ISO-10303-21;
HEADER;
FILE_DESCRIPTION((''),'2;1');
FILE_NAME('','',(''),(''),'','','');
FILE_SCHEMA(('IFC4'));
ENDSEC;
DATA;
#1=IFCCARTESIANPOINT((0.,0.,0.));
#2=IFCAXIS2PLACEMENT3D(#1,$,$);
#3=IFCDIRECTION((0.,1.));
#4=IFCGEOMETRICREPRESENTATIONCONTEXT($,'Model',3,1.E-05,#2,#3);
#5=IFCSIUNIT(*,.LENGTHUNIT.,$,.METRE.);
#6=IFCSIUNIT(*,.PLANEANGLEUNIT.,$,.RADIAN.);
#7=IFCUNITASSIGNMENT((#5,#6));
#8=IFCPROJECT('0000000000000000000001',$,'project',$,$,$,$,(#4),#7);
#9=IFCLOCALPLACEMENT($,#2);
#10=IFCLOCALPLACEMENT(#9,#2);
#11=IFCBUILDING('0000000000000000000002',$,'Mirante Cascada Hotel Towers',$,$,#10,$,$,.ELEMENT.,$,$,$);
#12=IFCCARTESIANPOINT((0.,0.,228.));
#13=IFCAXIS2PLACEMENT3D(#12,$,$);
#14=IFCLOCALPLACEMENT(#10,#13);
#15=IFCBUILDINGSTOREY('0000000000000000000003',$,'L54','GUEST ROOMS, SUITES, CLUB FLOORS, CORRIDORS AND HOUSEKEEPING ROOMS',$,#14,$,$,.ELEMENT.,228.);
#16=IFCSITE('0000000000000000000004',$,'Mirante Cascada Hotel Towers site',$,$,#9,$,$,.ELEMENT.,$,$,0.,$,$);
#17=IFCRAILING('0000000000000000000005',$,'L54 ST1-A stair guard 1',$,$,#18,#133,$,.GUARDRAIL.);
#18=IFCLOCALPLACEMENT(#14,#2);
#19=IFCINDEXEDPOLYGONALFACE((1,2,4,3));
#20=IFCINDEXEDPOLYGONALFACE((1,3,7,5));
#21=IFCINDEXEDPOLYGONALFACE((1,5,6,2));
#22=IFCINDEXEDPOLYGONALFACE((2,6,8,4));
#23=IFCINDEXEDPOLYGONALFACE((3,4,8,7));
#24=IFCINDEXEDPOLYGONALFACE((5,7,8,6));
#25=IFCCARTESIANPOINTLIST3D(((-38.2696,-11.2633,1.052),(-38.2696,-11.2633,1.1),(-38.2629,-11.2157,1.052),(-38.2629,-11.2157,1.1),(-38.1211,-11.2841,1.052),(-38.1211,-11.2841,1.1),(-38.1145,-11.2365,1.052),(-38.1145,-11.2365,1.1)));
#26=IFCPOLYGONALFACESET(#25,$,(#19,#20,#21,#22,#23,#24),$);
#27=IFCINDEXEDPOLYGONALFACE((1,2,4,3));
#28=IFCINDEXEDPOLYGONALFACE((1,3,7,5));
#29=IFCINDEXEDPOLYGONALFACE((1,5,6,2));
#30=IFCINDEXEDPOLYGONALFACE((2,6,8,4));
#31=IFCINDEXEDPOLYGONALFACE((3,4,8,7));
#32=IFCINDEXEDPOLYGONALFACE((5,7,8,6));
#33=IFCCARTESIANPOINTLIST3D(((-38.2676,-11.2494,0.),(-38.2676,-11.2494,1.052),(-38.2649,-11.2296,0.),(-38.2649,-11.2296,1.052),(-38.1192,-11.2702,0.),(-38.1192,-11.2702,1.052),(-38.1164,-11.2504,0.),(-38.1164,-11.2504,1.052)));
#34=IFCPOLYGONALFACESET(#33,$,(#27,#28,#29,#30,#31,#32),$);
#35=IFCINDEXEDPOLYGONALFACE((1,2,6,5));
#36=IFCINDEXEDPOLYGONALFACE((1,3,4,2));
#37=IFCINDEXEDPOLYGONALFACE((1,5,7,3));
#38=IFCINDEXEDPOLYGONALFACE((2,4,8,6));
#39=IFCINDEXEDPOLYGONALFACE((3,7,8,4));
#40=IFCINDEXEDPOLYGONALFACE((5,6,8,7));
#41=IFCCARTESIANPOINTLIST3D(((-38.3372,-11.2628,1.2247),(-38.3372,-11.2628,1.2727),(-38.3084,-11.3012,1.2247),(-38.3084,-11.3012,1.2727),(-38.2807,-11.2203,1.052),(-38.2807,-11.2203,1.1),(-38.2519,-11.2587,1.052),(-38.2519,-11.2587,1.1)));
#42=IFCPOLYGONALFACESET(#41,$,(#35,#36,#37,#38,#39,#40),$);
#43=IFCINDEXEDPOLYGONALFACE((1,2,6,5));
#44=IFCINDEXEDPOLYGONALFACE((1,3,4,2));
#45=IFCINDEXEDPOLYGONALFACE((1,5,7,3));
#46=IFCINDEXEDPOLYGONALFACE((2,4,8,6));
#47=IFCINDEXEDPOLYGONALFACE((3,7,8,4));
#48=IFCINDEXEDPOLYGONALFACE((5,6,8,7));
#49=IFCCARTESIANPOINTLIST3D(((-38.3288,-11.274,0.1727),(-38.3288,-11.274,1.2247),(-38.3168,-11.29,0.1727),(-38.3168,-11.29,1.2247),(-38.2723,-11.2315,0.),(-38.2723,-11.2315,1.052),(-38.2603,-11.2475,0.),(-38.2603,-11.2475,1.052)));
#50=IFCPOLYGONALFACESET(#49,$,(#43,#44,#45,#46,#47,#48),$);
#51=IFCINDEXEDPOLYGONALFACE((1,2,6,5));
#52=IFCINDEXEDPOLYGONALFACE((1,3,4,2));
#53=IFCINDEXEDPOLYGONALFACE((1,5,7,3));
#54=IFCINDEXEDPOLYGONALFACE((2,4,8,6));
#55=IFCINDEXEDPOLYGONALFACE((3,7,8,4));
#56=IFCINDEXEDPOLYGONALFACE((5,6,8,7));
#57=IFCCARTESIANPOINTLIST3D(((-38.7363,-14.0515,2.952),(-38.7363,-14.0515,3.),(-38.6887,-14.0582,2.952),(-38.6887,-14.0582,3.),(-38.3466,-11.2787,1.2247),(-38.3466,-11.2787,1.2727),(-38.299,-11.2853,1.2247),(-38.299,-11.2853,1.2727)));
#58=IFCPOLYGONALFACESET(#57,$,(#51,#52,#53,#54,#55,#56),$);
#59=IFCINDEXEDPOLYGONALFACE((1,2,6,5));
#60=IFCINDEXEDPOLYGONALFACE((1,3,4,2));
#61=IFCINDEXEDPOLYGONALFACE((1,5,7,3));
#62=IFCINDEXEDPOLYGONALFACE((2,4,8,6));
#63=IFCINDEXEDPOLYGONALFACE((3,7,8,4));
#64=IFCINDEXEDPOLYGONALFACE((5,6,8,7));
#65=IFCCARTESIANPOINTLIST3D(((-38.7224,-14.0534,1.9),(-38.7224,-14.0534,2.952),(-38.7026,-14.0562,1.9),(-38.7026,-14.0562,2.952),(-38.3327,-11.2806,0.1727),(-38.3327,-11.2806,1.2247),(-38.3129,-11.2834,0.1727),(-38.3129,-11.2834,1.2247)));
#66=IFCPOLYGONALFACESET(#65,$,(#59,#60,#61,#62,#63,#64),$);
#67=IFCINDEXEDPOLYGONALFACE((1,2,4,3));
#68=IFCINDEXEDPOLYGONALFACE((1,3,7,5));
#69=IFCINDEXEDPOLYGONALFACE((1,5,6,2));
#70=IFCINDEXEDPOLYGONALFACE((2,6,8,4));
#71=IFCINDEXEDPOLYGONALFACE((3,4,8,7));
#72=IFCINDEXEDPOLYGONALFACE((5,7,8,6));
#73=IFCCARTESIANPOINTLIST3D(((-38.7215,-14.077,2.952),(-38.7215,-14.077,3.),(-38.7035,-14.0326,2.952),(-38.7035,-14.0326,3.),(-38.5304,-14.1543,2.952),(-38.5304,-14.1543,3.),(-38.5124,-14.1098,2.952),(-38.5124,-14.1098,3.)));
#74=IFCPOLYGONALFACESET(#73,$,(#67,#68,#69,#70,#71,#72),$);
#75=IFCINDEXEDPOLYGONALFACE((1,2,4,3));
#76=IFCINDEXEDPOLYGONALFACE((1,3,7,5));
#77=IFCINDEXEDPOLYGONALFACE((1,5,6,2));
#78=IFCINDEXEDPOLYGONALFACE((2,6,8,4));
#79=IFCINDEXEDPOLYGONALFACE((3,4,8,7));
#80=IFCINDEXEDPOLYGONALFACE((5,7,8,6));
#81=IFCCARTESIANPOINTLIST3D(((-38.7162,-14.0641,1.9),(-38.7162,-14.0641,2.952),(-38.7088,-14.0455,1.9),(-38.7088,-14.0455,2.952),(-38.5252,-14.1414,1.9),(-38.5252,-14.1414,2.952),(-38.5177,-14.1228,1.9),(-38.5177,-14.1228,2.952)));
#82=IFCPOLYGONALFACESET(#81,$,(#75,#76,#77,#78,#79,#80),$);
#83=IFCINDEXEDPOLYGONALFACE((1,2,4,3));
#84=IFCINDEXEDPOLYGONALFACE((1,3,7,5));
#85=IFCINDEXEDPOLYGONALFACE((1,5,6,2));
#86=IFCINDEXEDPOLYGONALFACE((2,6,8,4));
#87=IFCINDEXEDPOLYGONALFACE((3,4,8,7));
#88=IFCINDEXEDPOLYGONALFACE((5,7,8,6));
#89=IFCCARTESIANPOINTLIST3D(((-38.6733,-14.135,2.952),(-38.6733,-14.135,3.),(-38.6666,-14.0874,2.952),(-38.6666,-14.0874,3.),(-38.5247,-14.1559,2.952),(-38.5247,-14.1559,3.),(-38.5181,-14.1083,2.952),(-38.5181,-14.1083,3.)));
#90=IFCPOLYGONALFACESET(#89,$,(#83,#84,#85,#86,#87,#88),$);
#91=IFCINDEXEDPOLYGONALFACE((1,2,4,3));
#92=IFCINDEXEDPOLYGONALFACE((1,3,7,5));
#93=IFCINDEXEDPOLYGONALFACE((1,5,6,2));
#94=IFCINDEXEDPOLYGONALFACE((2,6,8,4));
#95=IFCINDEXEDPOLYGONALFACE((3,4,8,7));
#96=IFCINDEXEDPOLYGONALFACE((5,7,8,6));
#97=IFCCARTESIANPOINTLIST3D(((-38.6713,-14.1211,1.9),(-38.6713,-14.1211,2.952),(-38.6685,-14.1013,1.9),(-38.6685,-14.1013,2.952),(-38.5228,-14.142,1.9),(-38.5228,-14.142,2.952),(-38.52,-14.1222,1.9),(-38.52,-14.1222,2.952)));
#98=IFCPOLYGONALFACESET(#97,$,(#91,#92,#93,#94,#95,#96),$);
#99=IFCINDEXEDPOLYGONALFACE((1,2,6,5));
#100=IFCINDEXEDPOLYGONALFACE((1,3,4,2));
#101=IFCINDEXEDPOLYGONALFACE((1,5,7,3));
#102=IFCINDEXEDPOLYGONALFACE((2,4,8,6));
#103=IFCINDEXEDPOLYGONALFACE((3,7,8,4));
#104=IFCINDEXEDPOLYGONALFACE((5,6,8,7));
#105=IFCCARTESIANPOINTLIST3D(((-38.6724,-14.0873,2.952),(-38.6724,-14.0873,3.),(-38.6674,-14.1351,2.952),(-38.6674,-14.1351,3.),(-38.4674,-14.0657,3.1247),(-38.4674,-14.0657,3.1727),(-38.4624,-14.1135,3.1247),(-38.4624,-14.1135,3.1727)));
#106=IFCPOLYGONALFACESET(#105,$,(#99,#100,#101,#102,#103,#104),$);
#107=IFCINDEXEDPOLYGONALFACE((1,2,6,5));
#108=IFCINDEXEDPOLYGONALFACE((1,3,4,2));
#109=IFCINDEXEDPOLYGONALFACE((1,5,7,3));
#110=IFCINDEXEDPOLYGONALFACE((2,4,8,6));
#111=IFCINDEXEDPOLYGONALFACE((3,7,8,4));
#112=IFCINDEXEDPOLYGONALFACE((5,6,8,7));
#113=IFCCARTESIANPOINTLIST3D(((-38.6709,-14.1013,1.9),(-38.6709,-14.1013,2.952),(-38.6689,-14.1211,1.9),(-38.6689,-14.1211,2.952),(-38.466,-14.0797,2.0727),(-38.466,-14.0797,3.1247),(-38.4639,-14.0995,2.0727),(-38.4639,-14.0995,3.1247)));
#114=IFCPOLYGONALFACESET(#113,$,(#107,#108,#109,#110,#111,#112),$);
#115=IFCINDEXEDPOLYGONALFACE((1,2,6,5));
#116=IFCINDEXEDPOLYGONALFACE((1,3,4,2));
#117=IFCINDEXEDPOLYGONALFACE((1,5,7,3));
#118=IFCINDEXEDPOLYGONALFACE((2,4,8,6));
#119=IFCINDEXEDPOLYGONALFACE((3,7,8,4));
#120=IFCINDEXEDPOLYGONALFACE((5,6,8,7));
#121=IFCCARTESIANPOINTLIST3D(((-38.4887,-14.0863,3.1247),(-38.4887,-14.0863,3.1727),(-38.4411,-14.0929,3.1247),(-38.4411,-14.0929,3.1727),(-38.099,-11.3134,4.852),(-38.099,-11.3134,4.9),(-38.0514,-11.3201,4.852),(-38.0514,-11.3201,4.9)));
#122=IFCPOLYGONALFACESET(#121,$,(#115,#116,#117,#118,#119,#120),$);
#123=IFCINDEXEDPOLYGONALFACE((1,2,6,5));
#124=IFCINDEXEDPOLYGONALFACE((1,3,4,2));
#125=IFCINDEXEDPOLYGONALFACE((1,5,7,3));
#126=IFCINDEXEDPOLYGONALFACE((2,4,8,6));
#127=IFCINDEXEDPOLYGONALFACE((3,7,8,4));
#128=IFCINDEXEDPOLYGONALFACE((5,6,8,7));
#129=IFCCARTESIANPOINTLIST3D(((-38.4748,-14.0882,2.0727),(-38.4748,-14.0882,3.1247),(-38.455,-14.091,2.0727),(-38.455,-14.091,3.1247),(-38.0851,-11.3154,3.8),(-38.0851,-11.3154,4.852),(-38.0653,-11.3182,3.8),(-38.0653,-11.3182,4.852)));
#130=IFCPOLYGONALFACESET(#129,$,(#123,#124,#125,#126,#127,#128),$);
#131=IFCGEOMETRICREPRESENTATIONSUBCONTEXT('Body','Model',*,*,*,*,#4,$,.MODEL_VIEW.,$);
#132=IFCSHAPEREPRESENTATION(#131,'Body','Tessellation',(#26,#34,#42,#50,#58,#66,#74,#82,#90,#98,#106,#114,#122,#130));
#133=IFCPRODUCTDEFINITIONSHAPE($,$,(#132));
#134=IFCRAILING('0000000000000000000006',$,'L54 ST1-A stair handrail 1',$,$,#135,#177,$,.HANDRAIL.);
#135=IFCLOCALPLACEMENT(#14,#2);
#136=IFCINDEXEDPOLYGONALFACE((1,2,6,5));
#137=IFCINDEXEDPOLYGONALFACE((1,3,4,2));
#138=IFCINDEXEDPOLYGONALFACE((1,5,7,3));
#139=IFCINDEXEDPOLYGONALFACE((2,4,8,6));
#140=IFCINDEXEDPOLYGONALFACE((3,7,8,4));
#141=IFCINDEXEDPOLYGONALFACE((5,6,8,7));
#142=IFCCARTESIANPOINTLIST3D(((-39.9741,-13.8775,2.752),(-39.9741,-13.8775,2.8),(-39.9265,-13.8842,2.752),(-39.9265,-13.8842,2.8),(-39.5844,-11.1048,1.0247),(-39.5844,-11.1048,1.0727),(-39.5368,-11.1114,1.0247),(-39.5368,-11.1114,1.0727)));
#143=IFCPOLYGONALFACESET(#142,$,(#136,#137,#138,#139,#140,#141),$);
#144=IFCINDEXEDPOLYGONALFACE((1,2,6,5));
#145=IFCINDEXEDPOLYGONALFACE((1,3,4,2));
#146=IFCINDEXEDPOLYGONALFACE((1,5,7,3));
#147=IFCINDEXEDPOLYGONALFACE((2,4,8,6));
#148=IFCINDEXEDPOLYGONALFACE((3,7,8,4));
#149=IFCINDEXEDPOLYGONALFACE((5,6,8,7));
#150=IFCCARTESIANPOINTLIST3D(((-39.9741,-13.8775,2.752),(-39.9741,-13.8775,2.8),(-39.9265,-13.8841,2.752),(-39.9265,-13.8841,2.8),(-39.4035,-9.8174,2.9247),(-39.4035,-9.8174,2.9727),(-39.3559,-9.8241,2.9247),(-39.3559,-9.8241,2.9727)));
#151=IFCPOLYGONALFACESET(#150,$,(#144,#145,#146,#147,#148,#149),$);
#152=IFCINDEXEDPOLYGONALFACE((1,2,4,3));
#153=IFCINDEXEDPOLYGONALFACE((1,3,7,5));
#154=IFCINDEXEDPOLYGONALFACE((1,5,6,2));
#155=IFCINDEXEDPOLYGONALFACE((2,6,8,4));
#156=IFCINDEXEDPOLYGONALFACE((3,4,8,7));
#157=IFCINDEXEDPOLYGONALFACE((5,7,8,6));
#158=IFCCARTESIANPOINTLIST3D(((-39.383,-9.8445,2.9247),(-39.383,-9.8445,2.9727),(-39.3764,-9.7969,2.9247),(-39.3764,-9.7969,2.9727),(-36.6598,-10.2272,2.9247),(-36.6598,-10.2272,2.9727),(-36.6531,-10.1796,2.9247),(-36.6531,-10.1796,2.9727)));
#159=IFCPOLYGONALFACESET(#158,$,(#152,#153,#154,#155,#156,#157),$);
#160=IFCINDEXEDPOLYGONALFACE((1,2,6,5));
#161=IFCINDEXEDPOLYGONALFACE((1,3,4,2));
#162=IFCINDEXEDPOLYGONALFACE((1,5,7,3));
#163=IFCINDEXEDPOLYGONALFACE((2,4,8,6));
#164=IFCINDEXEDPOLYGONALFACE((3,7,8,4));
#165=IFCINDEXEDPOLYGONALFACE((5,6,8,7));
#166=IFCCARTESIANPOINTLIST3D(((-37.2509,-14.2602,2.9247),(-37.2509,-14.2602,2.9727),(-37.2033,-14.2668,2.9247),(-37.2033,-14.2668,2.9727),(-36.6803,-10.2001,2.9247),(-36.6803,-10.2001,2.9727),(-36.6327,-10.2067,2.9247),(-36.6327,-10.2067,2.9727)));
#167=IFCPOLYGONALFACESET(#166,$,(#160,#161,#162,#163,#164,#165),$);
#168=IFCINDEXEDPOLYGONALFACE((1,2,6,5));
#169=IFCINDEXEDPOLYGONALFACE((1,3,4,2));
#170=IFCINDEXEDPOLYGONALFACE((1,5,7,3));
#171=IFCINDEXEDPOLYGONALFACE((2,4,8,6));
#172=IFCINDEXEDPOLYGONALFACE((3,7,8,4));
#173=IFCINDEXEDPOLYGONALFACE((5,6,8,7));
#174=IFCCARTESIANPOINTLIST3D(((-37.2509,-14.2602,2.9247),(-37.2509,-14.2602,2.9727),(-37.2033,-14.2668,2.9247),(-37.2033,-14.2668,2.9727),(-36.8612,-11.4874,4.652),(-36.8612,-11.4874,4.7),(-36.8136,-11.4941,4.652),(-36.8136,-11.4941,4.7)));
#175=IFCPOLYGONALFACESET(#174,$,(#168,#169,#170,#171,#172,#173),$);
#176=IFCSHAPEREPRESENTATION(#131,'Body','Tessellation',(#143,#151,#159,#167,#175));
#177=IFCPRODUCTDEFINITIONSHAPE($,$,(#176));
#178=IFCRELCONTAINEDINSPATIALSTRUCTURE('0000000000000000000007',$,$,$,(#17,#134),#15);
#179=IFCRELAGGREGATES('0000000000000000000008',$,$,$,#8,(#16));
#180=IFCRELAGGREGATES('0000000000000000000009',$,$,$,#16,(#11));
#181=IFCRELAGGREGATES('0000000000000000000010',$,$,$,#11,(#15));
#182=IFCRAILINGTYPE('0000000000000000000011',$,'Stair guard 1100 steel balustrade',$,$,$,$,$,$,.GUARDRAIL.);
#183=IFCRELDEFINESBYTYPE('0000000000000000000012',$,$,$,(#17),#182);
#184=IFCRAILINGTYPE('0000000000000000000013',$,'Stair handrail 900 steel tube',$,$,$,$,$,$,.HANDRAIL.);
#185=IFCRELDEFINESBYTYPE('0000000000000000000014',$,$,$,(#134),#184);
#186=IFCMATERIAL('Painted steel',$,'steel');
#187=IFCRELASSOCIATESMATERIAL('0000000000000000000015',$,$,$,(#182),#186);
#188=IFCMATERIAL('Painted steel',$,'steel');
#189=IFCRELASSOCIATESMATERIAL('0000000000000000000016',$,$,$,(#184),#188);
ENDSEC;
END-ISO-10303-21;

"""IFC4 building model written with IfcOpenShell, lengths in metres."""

from ifc_helpers import new_model, si_unit, direction, frame, origin, origin_2d, place, context, subcontext, project, spatial, rectangle, extrude, material, type_object, element, save


model = new_model("IFC4")

# Units and contexts
model_context = context("Model", 3, precision=1e-05, world=origin(), true_north=direction((0.0, 1.0)))
body_context = subcontext(model_context, "Body", "Model", "MODEL_VIEW")
ifc_project = project(units=[si_unit("LENGTHUNIT", "METRE"), si_unit("PLANEANGLEUNIT", "RADIAN")], contexts=[model_context])

# Site, building, storey
site_placement = place(None, origin())
site = spatial("IfcSite", under=ifc_project, at=site_placement, Name="Mirante Cascada Hotel Towers site", CompositionType="ELEMENT", RefElevation=0.0)
building_placement = place(site_placement, origin())
building = spatial("IfcBuilding", under=site, at=building_placement, Name="Mirante Cascada Hotel Towers", CompositionType="ELEMENT")
storey_placement = place(building_placement, frame((0.0, 0.0, 228.0)))
storey = spatial("IfcBuildingStorey", under=building, at=storey_placement, Name="L54", Description="GUEST ROOMS, SUITES, CLUB FLOORS, CORRIDORS AND HOUSEKEEPING ROOMS", CompositionType="ELEMENT", Elevation=228.0)

# Railings
ifc_material_1 = material(Name="Painted steel", Category="steel")
railing_type_1 = type_object("IfcRailingType", Name="Stair guard 1100 steel balustrade", PredefinedType="GUARDRAIL", material=ifc_material_1)
railing_1_placement = place(storey_placement, frame((-38.1178, -11.2603, 0.0)))
element("IfcRailing", 1, at=railing_1_placement, inside=storey, type_object=railing_type_1, Name="L54 ST1-A stair guard 1", PredefinedType="GUARDRAIL", context=body_context, shape_type="SweptSolid", body=[
    extrude(rectangle(XDim=0.048, YDim=0.048, at=origin_2d()), frame((0.0, 0.0, 1.076), z_axis=(-0.990333, 0.138713, 0.0), x_axis=(-0.138713, -0.990333, 0.0)), (0.0, 0.0, 1.0), 0.1499),
    extrude(rectangle(XDim=0.02, YDim=1.052, at=origin_2d()), frame((0.0, 0.0, 0.526), z_axis=(-0.990333, 0.138713, 0.0), x_axis=(-0.138713, -0.990333, 0.0)), (0.0, 0.0, 1.0), 0.1499),
    extrude(rectangle(XDim=0.048, YDim=0.048, at=origin_2d()), frame((-0.1485, 0.0208, 1.076), z_axis=(-0.79915, -0.601131, 0.0), x_axis=(0.601131, -0.79915, 0.0)), (0.0, 0.925453, 0.378863), 0.1866),
    extrude(rectangle(XDim=0.02, YDim=1.052, at=origin_2d()), frame((-0.1485, 0.0208, 0.526), z_axis=(-0.79915, -0.601131, 0.0), x_axis=(0.601131, -0.79915, 0.0)), (0.0, 0.925453, 0.378863), 0.1866),
    extrude(rectangle(XDim=0.048, YDim=0.048, at=origin_2d()), frame((-0.205, -0.0217, 1.2487), z_axis=(-0.139176, -0.990268, 0.0), x_axis=(0.990268, -0.139176, 0.0)), (0.0, 0.525021, 0.851089), 3.29),
    extrude(rectangle(XDim=0.02, YDim=1.052, at=origin_2d()), frame((-0.205, -0.0217, 0.6987), z_axis=(-0.139176, -0.990268, 0.0), x_axis=(0.990268, -0.139176, 0.0)), (0.0, 0.525021, 0.851089), 3.29),
    extrude(rectangle(XDim=0.048, YDim=0.048, at=origin_2d()), frame((-0.5947, -2.7945, 2.976), z_axis=(0.927031, -0.374984, 0.0), x_axis=(0.374984, 0.927031, 0.0)), (0.0, 0.0, 1.0), 0.2061),
    extrude(rectangle(XDim=0.02, YDim=1.052, at=origin_2d()), frame((-0.5947, -2.7945, 2.426), z_axis=(0.927031, -0.374984, 0.0), x_axis=(0.374984, 0.927031, 0.0)), (0.0, 0.0, 1.0), 0.2061),
    extrude(rectangle(XDim=0.048, YDim=0.048, at=origin_2d()), frame((-0.4036, -2.8718, 2.976), z_axis=(-0.990241, 0.139367, 0.0), x_axis=(-0.139367, -0.990241, 0.0)), (0.0, 0.0, 1.0), 0.15),
    extrude(rectangle(XDim=0.02, YDim=1.052, at=origin_2d()), frame((-0.4036, -2.8718, 2.426), z_axis=(-0.990241, 0.139367, 0.0), x_axis=(-0.139367, -0.990241, 0.0)), (0.0, 0.0, 1.0), 0.15),
    extrude(rectangle(XDim=0.048, YDim=0.048, at=origin_2d()), frame((-0.5521, -2.8509, 2.976), z_axis=(0.994495, 0.104786, 0.0), x_axis=(-0.104786, 0.994495, 0.0)), (0.0, 0.642203, 0.766534), 0.2689),
    extrude(rectangle(XDim=0.02, YDim=1.052, at=origin_2d()), frame((-0.5521, -2.8509, 2.426), z_axis=(0.994495, 0.104786, 0.0), x_axis=(-0.104786, 0.994495, 0.0)), (0.0, 0.642203, 0.766534), 0.2689),
    extrude(rectangle(XDim=0.048, YDim=0.048, at=origin_2d()), frame((-0.3471, -2.8293, 3.1487), z_axis=(0.139176, 0.990268, 0.0), x_axis=(-0.990268, 0.139176, 0.0)), (0.0, 0.525021, 0.851089), 3.29),
    extrude(rectangle(XDim=0.02, YDim=1.052, at=origin_2d()), frame((-0.3471, -2.8293, 2.5987), z_axis=(0.139176, 0.990268, 0.0), x_axis=(-0.990268, 0.139176, 0.0)), (0.0, 0.525021, 0.851089), 3.29),
])
ifc_material_2 = material(Name="Painted steel", Category="steel")
railing_type_2 = type_object("IfcRailingType", Name="Stair handrail 900 steel tube", PredefinedType="HANDRAIL", material=ifc_material_2)
railing_2_placement = place(storey_placement, frame((-39.5606, -11.1081, 0.1727)))
element("IfcRailing", 2, at=railing_2_placement, inside=storey, type_object=railing_type_2, Name="L54 ST1-A stair handrail 1", PredefinedType="HANDRAIL", context=body_context, shape_type="SweptSolid", body=[
    extrude(rectangle(XDim=0.048, YDim=0.048, at=origin_2d()), frame((0.0, 0.0, 0.876), z_axis=(-0.139181, -0.990267, 0.0), x_axis=(0.990267, -0.139181, 0.0)), (0.0, 0.525035, 0.851081), 3.2899),
    extrude(rectangle(XDim=0.048, YDim=0.048, at=origin_2d()), frame((-0.3897, -2.7727, 2.6033), z_axis=(0.139171, 0.990268, 0.0), x_axis=(-0.990268, 0.139171, 0.0)), (0.0, 0.042085, 0.999114), 4.1036),
    extrude(rectangle(XDim=0.048, YDim=0.048, at=origin_2d()), frame((0.1809, 1.2874, 2.776), z_axis=(0.990269, -0.139166, 0.0), x_axis=(0.139166, 0.990269, 0.0)), (0.0, 0.0, 1.0), 2.75),
    extrude(rectangle(XDim=0.048, YDim=0.048, at=origin_2d()), frame((2.9041, 0.9047, 2.776), z_axis=(-0.139171, -0.990268, 0.0), x_axis=(0.990268, -0.139171, 0.0)), (0.0, 0.0, 1.0), 4.1),
    extrude(rectangle(XDim=0.048, YDim=0.048, at=origin_2d()), frame((2.3335, -3.1554, 2.776), z_axis=(0.139181, 0.990267, 0.0), x_axis=(-0.990267, 0.139181, 0.0)), (0.0, 0.525035, 0.851081), 3.2899),
])

save(model, "model.ifc")
